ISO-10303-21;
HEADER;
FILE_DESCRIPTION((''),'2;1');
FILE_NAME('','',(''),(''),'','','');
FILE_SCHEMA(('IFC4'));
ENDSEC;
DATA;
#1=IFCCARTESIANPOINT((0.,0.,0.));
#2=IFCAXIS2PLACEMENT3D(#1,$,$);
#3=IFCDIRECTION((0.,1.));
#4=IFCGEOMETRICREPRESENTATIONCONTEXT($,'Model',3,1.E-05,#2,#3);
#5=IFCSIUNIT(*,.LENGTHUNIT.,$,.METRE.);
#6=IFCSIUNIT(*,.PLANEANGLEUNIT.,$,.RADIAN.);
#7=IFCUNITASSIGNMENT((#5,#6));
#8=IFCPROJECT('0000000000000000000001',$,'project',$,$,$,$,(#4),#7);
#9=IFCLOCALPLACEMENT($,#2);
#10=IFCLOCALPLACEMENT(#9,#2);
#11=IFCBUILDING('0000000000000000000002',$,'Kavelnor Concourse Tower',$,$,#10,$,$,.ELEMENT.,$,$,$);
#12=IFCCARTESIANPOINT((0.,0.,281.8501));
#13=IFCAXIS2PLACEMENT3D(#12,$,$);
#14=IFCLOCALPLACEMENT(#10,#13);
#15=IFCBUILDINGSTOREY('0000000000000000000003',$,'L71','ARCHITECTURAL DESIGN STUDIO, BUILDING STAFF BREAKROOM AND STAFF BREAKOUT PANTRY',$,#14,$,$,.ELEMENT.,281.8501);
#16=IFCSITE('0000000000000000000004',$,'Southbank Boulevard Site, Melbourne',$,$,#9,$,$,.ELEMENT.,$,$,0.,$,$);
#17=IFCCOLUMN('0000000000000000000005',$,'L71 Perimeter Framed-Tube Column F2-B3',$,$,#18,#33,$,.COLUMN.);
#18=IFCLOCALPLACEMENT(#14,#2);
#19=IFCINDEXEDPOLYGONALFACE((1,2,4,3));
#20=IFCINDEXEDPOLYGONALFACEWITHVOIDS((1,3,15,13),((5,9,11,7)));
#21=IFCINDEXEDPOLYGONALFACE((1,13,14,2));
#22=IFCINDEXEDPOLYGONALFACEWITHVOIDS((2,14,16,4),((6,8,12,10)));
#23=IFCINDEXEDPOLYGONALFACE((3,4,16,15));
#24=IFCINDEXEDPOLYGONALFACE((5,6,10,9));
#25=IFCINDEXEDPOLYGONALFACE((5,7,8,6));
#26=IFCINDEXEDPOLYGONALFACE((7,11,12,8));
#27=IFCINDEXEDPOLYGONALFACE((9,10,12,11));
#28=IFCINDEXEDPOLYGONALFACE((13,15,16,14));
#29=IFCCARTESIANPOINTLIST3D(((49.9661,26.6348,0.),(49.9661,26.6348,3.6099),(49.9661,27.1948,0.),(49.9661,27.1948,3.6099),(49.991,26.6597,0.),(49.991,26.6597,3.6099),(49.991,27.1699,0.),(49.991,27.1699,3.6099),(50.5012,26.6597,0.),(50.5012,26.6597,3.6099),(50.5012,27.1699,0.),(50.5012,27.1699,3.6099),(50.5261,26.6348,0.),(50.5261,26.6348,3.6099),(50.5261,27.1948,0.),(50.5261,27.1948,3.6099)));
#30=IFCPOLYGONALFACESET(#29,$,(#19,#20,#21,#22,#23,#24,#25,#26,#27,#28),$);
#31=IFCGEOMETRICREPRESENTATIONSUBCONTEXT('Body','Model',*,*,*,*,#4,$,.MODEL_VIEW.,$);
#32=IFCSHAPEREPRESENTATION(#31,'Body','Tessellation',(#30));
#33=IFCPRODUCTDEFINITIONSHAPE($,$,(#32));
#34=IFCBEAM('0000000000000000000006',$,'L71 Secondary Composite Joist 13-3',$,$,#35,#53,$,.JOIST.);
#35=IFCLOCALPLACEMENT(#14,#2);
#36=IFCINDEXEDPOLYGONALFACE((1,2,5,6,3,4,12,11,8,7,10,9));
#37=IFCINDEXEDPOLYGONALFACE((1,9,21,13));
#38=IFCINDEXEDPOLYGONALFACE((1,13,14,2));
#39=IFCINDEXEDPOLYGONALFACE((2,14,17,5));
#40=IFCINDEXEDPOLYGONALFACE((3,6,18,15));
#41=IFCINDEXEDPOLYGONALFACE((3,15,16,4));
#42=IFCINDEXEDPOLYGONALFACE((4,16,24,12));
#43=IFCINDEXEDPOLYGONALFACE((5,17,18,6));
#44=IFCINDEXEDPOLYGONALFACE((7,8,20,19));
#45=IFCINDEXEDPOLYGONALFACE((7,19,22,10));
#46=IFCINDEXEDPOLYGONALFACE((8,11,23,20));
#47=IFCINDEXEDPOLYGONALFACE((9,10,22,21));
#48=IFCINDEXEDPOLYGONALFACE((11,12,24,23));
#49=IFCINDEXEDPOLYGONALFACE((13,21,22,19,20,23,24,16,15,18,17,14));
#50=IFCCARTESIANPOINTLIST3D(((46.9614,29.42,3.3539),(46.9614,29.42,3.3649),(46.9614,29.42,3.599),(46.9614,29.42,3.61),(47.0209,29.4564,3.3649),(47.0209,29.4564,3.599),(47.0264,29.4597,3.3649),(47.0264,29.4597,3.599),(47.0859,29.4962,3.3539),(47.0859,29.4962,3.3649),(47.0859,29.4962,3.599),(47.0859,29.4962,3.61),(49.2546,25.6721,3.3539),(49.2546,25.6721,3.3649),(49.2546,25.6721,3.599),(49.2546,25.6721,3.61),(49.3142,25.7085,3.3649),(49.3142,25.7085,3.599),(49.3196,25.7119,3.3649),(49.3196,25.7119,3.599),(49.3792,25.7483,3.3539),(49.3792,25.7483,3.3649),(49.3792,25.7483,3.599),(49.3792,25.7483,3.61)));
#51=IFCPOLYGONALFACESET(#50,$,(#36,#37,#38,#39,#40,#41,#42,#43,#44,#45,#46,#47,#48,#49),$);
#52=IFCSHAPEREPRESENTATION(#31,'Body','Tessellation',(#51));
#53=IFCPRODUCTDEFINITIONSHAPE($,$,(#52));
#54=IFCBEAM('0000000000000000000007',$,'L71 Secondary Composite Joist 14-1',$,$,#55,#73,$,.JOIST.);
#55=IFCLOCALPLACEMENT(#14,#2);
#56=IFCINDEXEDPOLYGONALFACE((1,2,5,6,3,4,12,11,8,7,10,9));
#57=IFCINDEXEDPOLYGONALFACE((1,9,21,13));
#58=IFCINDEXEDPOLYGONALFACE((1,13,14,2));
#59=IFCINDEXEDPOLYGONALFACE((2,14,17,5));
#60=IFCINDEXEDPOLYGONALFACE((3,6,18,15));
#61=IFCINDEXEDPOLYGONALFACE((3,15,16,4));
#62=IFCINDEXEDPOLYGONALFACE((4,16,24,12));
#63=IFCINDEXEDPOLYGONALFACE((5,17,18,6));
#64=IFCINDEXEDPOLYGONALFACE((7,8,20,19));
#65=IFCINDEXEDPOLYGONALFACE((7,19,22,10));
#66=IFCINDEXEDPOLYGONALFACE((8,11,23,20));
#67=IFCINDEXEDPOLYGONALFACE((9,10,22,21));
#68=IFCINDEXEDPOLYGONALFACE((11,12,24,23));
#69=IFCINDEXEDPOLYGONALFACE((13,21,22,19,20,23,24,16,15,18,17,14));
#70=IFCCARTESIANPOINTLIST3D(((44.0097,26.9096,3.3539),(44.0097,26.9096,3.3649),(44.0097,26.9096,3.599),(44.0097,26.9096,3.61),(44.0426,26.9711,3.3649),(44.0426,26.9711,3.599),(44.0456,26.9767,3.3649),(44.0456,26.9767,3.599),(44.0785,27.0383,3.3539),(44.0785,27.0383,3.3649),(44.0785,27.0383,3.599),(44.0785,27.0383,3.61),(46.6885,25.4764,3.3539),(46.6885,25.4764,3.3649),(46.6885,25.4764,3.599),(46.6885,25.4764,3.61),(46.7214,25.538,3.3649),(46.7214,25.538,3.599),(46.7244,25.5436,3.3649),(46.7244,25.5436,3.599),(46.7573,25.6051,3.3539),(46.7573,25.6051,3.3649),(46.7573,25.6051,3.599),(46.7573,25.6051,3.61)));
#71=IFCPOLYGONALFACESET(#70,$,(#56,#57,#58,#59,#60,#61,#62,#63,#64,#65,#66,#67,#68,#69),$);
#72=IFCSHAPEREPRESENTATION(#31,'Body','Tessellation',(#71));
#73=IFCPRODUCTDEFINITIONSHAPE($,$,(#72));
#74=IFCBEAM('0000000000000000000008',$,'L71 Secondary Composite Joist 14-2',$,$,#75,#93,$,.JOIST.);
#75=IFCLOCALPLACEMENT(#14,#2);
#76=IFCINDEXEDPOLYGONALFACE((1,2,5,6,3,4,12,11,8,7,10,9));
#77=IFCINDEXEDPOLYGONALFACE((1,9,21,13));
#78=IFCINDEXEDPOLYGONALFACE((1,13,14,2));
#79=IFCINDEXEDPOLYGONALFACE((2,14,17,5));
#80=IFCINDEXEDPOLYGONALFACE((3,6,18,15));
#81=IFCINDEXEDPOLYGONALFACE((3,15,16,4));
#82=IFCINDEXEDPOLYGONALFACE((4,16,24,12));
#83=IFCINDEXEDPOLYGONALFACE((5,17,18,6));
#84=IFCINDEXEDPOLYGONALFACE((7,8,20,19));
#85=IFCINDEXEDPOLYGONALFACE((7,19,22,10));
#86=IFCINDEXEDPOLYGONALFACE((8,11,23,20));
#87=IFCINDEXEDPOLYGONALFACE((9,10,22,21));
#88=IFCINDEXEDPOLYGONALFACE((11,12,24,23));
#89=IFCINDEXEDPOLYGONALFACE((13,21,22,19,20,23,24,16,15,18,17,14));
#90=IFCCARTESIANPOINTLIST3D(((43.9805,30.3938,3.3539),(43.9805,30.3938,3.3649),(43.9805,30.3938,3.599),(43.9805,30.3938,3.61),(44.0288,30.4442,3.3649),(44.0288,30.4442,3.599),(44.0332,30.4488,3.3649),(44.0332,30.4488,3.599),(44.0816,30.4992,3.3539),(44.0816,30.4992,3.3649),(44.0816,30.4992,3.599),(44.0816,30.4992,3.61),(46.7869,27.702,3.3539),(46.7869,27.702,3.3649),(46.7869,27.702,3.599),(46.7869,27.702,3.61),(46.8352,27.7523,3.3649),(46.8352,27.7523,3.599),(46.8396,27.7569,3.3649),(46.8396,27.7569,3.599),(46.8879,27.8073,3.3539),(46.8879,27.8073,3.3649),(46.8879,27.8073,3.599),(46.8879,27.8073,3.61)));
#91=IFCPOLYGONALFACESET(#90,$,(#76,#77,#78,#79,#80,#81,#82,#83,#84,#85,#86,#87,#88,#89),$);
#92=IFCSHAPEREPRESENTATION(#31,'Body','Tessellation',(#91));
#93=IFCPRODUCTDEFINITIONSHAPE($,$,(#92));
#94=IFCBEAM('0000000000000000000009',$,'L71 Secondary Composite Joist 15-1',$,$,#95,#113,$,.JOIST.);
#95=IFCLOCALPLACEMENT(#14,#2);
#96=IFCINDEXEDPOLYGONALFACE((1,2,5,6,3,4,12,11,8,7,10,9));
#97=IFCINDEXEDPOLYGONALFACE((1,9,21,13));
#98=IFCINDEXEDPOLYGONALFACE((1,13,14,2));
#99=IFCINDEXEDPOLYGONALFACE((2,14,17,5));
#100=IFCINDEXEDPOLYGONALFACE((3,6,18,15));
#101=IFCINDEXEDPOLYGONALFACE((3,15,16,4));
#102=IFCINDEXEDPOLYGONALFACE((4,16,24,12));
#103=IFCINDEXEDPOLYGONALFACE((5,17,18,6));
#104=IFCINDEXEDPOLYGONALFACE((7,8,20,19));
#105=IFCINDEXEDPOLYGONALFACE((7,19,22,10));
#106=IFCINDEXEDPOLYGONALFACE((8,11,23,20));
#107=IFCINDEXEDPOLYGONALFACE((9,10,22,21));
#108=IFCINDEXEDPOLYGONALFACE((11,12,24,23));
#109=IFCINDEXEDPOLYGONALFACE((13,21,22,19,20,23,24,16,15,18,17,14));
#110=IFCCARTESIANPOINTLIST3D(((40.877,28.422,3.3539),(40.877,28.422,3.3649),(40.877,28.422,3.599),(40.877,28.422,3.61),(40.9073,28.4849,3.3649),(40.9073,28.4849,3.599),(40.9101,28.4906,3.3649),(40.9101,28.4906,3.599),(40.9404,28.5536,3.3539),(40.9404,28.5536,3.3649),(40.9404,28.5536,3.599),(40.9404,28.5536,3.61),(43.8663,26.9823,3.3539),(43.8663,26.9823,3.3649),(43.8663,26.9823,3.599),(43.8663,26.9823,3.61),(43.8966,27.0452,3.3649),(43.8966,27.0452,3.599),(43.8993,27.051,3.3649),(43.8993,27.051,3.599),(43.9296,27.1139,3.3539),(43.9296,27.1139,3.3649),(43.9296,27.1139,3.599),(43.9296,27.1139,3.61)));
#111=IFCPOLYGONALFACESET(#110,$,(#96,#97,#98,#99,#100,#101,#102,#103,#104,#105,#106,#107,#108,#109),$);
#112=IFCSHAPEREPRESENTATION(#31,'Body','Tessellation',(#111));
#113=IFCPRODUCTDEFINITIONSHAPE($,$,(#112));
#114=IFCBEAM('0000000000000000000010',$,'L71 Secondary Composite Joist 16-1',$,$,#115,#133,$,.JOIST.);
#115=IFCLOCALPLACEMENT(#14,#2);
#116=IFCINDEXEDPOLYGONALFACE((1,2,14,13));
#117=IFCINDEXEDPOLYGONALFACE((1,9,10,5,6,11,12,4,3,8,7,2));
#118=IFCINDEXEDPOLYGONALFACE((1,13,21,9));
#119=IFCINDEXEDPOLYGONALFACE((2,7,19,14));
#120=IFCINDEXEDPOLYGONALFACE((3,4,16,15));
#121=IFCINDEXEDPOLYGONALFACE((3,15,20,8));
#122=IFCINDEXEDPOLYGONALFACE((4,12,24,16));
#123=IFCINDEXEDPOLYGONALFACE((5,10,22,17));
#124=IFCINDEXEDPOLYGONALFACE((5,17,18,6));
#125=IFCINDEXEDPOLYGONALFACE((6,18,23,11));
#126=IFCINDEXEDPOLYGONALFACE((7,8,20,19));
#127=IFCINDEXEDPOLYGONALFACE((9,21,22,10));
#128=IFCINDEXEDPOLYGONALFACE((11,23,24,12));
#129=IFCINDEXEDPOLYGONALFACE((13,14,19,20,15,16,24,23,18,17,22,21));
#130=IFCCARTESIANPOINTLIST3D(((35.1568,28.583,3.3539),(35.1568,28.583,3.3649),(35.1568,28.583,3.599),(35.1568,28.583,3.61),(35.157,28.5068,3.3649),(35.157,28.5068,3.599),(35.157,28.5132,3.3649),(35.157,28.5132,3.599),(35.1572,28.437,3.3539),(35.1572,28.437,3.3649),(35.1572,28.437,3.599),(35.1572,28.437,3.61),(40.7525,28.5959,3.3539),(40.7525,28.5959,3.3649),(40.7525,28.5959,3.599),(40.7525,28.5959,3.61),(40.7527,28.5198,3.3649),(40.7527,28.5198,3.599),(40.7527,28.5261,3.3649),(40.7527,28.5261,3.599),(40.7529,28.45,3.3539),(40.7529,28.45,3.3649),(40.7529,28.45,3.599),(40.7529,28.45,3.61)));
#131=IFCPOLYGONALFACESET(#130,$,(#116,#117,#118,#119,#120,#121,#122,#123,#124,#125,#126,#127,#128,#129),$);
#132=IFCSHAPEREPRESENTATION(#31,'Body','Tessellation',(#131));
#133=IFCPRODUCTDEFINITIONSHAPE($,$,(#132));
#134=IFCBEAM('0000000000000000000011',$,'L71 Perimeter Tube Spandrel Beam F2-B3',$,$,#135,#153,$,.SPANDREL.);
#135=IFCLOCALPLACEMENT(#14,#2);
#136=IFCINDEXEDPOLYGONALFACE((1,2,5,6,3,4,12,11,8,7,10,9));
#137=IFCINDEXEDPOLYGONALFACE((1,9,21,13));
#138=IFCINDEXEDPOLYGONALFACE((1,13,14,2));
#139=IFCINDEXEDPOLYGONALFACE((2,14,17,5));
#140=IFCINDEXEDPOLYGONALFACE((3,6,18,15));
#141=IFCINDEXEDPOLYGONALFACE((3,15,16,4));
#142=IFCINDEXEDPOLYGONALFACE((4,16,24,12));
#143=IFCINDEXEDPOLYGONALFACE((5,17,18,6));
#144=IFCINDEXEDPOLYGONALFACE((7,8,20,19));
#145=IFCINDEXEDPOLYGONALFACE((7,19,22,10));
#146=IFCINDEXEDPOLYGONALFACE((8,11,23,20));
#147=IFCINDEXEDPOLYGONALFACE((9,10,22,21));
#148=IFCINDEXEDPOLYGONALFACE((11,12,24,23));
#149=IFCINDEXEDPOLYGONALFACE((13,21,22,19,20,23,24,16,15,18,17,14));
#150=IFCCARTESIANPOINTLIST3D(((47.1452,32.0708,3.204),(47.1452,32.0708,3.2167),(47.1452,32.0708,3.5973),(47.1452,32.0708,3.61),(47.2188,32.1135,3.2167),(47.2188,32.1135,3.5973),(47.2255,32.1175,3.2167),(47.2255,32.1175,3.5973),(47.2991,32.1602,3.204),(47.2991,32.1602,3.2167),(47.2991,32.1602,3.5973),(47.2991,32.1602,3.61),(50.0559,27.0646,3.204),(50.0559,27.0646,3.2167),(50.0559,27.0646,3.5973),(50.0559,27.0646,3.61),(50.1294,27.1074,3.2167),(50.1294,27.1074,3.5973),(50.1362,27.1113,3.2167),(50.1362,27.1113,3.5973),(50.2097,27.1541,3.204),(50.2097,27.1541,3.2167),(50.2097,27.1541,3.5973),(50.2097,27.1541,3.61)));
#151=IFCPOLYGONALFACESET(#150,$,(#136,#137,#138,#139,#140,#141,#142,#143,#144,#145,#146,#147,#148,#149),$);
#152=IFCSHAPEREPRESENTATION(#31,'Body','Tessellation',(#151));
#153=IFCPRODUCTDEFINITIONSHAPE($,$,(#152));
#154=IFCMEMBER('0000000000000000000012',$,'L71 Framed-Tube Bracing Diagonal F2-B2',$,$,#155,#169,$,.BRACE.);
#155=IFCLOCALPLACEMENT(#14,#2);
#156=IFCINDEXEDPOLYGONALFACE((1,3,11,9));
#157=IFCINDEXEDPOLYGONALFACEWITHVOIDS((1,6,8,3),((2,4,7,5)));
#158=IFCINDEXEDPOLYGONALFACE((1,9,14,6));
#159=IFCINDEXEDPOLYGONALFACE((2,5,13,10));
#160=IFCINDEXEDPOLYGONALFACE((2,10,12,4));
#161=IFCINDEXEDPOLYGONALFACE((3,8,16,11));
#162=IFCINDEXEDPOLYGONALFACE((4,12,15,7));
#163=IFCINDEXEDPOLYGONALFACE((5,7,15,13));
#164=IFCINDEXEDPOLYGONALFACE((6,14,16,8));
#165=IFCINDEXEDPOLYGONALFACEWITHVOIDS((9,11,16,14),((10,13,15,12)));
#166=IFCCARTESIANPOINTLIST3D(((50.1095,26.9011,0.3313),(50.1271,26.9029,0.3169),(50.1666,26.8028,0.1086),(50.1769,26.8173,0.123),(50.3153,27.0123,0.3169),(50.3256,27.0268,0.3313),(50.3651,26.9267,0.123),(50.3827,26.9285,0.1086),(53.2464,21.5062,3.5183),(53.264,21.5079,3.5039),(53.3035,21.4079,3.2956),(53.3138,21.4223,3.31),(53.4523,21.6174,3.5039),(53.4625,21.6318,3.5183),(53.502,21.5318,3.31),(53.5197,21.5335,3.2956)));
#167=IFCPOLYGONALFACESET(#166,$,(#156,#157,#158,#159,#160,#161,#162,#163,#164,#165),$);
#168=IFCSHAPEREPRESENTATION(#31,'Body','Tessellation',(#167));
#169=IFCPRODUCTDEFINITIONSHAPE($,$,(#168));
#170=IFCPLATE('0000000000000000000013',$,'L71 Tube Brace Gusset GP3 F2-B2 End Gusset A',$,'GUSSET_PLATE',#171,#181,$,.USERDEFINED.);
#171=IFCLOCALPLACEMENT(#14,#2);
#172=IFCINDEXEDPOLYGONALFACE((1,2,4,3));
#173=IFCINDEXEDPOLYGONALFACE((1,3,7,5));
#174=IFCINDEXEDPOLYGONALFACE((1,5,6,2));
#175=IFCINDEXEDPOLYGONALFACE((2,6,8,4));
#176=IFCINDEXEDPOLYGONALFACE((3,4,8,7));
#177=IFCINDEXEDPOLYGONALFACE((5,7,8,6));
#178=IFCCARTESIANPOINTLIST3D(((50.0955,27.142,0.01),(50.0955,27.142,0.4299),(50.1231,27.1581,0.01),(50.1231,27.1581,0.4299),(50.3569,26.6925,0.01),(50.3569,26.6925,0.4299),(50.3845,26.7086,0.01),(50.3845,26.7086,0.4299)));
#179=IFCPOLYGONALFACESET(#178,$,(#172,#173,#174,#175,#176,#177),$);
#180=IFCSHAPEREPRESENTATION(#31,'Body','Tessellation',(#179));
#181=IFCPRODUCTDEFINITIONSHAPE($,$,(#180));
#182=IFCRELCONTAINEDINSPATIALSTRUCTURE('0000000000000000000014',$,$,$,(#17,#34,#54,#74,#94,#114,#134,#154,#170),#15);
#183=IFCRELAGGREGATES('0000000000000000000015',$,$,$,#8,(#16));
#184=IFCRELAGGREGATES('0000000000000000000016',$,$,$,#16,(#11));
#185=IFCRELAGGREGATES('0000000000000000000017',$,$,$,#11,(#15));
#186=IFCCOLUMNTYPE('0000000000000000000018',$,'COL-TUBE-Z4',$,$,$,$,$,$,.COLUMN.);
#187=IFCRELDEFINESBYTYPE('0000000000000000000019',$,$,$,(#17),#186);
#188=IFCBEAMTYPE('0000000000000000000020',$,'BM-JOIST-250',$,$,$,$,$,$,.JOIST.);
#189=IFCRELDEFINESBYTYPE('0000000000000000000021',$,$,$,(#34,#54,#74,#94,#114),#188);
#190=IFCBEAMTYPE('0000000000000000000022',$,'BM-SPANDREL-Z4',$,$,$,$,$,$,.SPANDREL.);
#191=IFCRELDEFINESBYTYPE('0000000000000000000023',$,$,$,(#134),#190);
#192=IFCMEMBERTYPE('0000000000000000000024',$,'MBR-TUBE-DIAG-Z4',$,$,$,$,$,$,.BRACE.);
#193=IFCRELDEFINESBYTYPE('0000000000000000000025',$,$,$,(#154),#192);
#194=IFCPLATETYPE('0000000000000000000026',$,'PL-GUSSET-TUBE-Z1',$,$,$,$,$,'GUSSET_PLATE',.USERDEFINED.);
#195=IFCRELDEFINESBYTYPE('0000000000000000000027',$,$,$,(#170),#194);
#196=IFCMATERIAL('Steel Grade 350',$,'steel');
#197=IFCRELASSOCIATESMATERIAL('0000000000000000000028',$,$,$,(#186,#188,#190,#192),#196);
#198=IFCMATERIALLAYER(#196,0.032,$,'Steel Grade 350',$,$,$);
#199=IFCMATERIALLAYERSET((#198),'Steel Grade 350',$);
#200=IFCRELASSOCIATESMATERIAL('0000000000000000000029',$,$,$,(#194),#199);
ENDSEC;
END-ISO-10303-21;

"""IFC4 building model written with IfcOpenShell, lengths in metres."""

from ifc_helpers import new_model, si_unit, direction, frame, origin, origin_2d, place, context, subcontext, project, spatial, rectangle, hollow_rectangle, i_section, extrude, material, layer, layer_set, material_profile, profile_set, type_object, element, save


model = new_model("IFC4")

# Units and contexts
model_context = context("Model", 3, precision=1e-05, world=origin(), true_north=direction((0.0, 1.0)))
body_context = subcontext(model_context, "Body", "Model", "MODEL_VIEW")
ifc_project = project(units=[si_unit("LENGTHUNIT", "METRE"), si_unit("PLANEANGLEUNIT", "RADIAN")], contexts=[model_context])

# Site, building, storey
site_placement = place(None, origin())
site = spatial("IfcSite", under=ifc_project, at=site_placement, Name="Southbank Boulevard Site, Melbourne", CompositionType="ELEMENT", RefElevation=0.0)
building_placement = place(site_placement, origin())
building = spatial("IfcBuilding", under=site, at=building_placement, Name="Kavelnor Concourse Tower", CompositionType="ELEMENT")
storey_placement = place(building_placement, frame((0.0, 0.0, 281.8501)))
storey = spatial("IfcBuildingStorey", under=building, at=storey_placement, Name="L71", Description="ARCHITECTURAL DESIGN STUDIO, BUILDING STAFF BREAKROOM AND STAFF BREAKOUT PANTRY", CompositionType="ELEMENT", Elevation=281.8501)

# Column
ifc_material_1 = material(Name="Steel Grade 350", Category="steel")
ifc_material_profile_1 = material_profile(ifc_material_1, hollow_rectangle(XDim=0.5601, YDim=0.5601, WallThickness=0.0249, at=origin_2d()), Name="SHS 560x560x25")
ifc_profile_set_1 = profile_set([ifc_material_profile_1], Name="Steel Grade 350")
column_type = type_object("IfcColumnType", Name="COL-TUBE-Z4", PredefinedType="COLUMN", material=ifc_profile_set_1)
column_placement = place(storey_placement, frame((50.2461, 26.9148, 0.0), z_axis=(0.0, 0.0, 1.0), x_axis=(1.0, 0.0, 0.0)))
element("IfcColumn", 1, at=column_placement, inside=storey, type_object=column_type, Name="L71 Perimeter Framed-Tube Column F2-B3", PredefinedType="COLUMN", context=body_context, shape_type="SweptSolid", body=[
    extrude(hollow_rectangle(XDim=0.5601, YDim=0.5601, WallThickness=0.0249, at=origin_2d()), origin(), (0.0, 0.0, 1.0), 3.6099),
])

# Beams
ifc_material_profile_2 = material_profile(ifc_material_1, i_section(OverallWidth=0.146, OverallDepth=0.2561, WebThickness=0.0063, FlangeThickness=0.011, at=origin_2d()), Name="250UB37")
ifc_profile_set_2 = profile_set([ifc_material_profile_2], Name="Steel Grade 350")
beam_type_1 = type_object("IfcBeamType", Name="BM-JOIST-250", PredefinedType="JOIST", material=ifc_profile_set_2)
beam_1_placement = place(storey_placement, frame((49.3169, 25.7102, 3.4819), z_axis=(-0.521929, 0.852989, 0.0), x_axis=(-0.852989, -0.521929, 0.0)))
element("IfcBeam", 2, at=beam_1_placement, inside=storey, type_object=beam_type_1, Name="L71 Secondary Composite Joist 13-3", PredefinedType="JOIST", context=body_context, shape_type="SweptSolid", body=[
    extrude(i_section(OverallWidth=0.146, OverallDepth=0.2561, WebThickness=0.0063, FlangeThickness=0.011, at=origin_2d()), origin(), (0.0, 0.0, 1.0), 4.3938),
])
beam_2_placement = place(storey_placement, frame((46.7229, 25.5408, 3.4819), z_axis=(-0.881743, 0.471731, 0.0), x_axis=(-0.471731, -0.881743, 0.0)))
element("IfcBeam", 3, at=beam_2_placement, inside=storey, type_object=beam_type_1, Name="L71 Secondary Composite Joist 14-1", PredefinedType="JOIST", context=body_context, shape_type="SweptSolid", body=[
    extrude(i_section(OverallWidth=0.146, OverallDepth=0.2561, WebThickness=0.0063, FlangeThickness=0.011, at=origin_2d()), origin(), (0.0, 0.0, 1.0), 3.0381),
])
beam_3_placement = place(storey_placement, frame((46.8374, 27.7546, 3.4819), z_axis=(-0.721676, 0.692231, 0.0), x_axis=(-0.692231, -0.721676, 0.0)))
element("IfcBeam", 4, at=beam_3_placement, inside=storey, type_object=beam_type_1, Name="L71 Secondary Composite Joist 14-2", PredefinedType="JOIST", context=body_context, shape_type="SweptSolid", body=[
    extrude(i_section(OverallWidth=0.146, OverallDepth=0.2561, WebThickness=0.0063, FlangeThickness=0.011, at=origin_2d()), origin(), (0.0, 0.0, 1.0), 3.8887),
])
beam_4_placement = place(storey_placement, frame((43.8979, 27.0481, 3.4819), z_axis=(-0.900952, 0.43392, 0.0), x_axis=(-0.43392, -0.900952, 0.0)))
element("IfcBeam", 5, at=beam_4_placement, inside=storey, type_object=beam_type_1, Name="L71 Secondary Composite Joist 15-1", PredefinedType="JOIST", context=body_context, shape_type="SweptSolid", body=[
    extrude(i_section(OverallWidth=0.146, OverallDepth=0.2561, WebThickness=0.0063, FlangeThickness=0.011, at=origin_2d()), origin(), (0.0, 0.0, 1.0), 3.3179),
])
beam_5_placement = place(storey_placement, frame((40.7527, 28.5229, 3.4819), z_axis=(-0.999997, -0.002312, 0.0), x_axis=(0.002312, -0.999997, 0.0)))
element("IfcBeam", 6, at=beam_5_placement, inside=storey, type_object=beam_type_1, Name="L71 Secondary Composite Joist 16-1", PredefinedType="JOIST", context=body_context, shape_type="SweptSolid", body=[
    extrude(i_section(OverallWidth=0.146, OverallDepth=0.2561, WebThickness=0.0063, FlangeThickness=0.011, at=origin_2d()), origin(), (0.0, 0.0, 1.0), 5.5957),
])
ifc_material_profile_3 = material_profile(ifc_material_1, i_section(OverallWidth=0.178, OverallDepth=0.406, WebThickness=0.0078, FlangeThickness=0.0127, at=origin_2d()), Name="410UB59")
ifc_profile_set_3 = profile_set([ifc_material_profile_3], Name="Steel Grade 350")
beam_type_2 = type_object("IfcBeamType", Name="BM-SPANDREL-Z4", PredefinedType="SPANDREL", material=ifc_profile_set_3)
beam_6_placement = place(storey_placement, frame((50.1328, 27.1094, 3.407), z_axis=(-0.502636, 0.864498, 0.0), x_axis=(-0.864498, -0.502636, 0.0)))
element("IfcBeam", 7, at=beam_6_placement, inside=storey, type_object=beam_type_2, Name="L71 Perimeter Tube Spandrel Beam F2-B3", PredefinedType="SPANDREL", context=body_context, shape_type="SweptSolid", body=[
    extrude(i_section(OverallWidth=0.178, OverallDepth=0.406, WebThickness=0.0078, FlangeThickness=0.0127, at=origin_2d()), origin(), (0.0, 0.0, 1.0), 5.7908),
])

# Member
ifc_material_profile_4 = material_profile(ifc_material_1, hollow_rectangle(XDim=0.25, YDim=0.25, WallThickness=0.0161, at=origin_2d()), Name="SHS 250x250x16")
ifc_profile_set_4 = profile_set([ifc_material_profile_4], Name="Steel Grade 350")
member_type = type_object("IfcMemberType", Name="MBR-TUBE-DIAG-Z4", PredefinedType="BRACE", material=ifc_profile_set_4)
member_placement = place(storey_placement, frame((50.2461, 26.9148, 0.22), z_axis=(0.447664, -0.769902, 0.454806), x_axis=(0.864485, 0.502659, 0.0)))
element("IfcMember", 8, at=member_placement, inside=storey, type_object=member_type, Name="L71 Framed-Tube Bracing Diagonal F2-B2", PredefinedType="BRACE", context=body_context, shape_type="SweptSolid", body=[
    extrude(hollow_rectangle(XDim=0.25, YDim=0.25, WallThickness=0.0161, at=origin_2d()), origin(), (0.0, 0.0, 1.0), 7.0073),
])

# Plate
ifc_layer_1 = layer(ifc_material_1, 0.032, Name="Steel Grade 350")
ifc_layer_set_1 = layer_set([ifc_layer_1], Name="Steel Grade 350")
plate_type = type_object("IfcPlateType", Name="PL-GUSSET-TUBE-Z1", ElementType="GUSSET_PLATE", PredefinedType="USERDEFINED", material=ifc_layer_set_1)
plate_placement = place(storey_placement, frame((50.24, 26.9253, 0.01), z_axis=(0.0, 0.0, 1.0), x_axis=(0.502718, -0.86445, 0.0)))
element("IfcPlate", 9, at=plate_placement, inside=storey, type_object=plate_type, Name="L71 Tube Brace Gusset GP3 F2-B2 End Gusset A", ObjectType="GUSSET_PLATE", PredefinedType="USERDEFINED", context=body_context, shape_type="SweptSolid", body=[
    extrude(rectangle(XDim=0.52, YDim=0.032, at=origin_2d()), origin(), (0.0, 0.0, 1.0), 0.4199),
])

save(model, "model.ifc")
